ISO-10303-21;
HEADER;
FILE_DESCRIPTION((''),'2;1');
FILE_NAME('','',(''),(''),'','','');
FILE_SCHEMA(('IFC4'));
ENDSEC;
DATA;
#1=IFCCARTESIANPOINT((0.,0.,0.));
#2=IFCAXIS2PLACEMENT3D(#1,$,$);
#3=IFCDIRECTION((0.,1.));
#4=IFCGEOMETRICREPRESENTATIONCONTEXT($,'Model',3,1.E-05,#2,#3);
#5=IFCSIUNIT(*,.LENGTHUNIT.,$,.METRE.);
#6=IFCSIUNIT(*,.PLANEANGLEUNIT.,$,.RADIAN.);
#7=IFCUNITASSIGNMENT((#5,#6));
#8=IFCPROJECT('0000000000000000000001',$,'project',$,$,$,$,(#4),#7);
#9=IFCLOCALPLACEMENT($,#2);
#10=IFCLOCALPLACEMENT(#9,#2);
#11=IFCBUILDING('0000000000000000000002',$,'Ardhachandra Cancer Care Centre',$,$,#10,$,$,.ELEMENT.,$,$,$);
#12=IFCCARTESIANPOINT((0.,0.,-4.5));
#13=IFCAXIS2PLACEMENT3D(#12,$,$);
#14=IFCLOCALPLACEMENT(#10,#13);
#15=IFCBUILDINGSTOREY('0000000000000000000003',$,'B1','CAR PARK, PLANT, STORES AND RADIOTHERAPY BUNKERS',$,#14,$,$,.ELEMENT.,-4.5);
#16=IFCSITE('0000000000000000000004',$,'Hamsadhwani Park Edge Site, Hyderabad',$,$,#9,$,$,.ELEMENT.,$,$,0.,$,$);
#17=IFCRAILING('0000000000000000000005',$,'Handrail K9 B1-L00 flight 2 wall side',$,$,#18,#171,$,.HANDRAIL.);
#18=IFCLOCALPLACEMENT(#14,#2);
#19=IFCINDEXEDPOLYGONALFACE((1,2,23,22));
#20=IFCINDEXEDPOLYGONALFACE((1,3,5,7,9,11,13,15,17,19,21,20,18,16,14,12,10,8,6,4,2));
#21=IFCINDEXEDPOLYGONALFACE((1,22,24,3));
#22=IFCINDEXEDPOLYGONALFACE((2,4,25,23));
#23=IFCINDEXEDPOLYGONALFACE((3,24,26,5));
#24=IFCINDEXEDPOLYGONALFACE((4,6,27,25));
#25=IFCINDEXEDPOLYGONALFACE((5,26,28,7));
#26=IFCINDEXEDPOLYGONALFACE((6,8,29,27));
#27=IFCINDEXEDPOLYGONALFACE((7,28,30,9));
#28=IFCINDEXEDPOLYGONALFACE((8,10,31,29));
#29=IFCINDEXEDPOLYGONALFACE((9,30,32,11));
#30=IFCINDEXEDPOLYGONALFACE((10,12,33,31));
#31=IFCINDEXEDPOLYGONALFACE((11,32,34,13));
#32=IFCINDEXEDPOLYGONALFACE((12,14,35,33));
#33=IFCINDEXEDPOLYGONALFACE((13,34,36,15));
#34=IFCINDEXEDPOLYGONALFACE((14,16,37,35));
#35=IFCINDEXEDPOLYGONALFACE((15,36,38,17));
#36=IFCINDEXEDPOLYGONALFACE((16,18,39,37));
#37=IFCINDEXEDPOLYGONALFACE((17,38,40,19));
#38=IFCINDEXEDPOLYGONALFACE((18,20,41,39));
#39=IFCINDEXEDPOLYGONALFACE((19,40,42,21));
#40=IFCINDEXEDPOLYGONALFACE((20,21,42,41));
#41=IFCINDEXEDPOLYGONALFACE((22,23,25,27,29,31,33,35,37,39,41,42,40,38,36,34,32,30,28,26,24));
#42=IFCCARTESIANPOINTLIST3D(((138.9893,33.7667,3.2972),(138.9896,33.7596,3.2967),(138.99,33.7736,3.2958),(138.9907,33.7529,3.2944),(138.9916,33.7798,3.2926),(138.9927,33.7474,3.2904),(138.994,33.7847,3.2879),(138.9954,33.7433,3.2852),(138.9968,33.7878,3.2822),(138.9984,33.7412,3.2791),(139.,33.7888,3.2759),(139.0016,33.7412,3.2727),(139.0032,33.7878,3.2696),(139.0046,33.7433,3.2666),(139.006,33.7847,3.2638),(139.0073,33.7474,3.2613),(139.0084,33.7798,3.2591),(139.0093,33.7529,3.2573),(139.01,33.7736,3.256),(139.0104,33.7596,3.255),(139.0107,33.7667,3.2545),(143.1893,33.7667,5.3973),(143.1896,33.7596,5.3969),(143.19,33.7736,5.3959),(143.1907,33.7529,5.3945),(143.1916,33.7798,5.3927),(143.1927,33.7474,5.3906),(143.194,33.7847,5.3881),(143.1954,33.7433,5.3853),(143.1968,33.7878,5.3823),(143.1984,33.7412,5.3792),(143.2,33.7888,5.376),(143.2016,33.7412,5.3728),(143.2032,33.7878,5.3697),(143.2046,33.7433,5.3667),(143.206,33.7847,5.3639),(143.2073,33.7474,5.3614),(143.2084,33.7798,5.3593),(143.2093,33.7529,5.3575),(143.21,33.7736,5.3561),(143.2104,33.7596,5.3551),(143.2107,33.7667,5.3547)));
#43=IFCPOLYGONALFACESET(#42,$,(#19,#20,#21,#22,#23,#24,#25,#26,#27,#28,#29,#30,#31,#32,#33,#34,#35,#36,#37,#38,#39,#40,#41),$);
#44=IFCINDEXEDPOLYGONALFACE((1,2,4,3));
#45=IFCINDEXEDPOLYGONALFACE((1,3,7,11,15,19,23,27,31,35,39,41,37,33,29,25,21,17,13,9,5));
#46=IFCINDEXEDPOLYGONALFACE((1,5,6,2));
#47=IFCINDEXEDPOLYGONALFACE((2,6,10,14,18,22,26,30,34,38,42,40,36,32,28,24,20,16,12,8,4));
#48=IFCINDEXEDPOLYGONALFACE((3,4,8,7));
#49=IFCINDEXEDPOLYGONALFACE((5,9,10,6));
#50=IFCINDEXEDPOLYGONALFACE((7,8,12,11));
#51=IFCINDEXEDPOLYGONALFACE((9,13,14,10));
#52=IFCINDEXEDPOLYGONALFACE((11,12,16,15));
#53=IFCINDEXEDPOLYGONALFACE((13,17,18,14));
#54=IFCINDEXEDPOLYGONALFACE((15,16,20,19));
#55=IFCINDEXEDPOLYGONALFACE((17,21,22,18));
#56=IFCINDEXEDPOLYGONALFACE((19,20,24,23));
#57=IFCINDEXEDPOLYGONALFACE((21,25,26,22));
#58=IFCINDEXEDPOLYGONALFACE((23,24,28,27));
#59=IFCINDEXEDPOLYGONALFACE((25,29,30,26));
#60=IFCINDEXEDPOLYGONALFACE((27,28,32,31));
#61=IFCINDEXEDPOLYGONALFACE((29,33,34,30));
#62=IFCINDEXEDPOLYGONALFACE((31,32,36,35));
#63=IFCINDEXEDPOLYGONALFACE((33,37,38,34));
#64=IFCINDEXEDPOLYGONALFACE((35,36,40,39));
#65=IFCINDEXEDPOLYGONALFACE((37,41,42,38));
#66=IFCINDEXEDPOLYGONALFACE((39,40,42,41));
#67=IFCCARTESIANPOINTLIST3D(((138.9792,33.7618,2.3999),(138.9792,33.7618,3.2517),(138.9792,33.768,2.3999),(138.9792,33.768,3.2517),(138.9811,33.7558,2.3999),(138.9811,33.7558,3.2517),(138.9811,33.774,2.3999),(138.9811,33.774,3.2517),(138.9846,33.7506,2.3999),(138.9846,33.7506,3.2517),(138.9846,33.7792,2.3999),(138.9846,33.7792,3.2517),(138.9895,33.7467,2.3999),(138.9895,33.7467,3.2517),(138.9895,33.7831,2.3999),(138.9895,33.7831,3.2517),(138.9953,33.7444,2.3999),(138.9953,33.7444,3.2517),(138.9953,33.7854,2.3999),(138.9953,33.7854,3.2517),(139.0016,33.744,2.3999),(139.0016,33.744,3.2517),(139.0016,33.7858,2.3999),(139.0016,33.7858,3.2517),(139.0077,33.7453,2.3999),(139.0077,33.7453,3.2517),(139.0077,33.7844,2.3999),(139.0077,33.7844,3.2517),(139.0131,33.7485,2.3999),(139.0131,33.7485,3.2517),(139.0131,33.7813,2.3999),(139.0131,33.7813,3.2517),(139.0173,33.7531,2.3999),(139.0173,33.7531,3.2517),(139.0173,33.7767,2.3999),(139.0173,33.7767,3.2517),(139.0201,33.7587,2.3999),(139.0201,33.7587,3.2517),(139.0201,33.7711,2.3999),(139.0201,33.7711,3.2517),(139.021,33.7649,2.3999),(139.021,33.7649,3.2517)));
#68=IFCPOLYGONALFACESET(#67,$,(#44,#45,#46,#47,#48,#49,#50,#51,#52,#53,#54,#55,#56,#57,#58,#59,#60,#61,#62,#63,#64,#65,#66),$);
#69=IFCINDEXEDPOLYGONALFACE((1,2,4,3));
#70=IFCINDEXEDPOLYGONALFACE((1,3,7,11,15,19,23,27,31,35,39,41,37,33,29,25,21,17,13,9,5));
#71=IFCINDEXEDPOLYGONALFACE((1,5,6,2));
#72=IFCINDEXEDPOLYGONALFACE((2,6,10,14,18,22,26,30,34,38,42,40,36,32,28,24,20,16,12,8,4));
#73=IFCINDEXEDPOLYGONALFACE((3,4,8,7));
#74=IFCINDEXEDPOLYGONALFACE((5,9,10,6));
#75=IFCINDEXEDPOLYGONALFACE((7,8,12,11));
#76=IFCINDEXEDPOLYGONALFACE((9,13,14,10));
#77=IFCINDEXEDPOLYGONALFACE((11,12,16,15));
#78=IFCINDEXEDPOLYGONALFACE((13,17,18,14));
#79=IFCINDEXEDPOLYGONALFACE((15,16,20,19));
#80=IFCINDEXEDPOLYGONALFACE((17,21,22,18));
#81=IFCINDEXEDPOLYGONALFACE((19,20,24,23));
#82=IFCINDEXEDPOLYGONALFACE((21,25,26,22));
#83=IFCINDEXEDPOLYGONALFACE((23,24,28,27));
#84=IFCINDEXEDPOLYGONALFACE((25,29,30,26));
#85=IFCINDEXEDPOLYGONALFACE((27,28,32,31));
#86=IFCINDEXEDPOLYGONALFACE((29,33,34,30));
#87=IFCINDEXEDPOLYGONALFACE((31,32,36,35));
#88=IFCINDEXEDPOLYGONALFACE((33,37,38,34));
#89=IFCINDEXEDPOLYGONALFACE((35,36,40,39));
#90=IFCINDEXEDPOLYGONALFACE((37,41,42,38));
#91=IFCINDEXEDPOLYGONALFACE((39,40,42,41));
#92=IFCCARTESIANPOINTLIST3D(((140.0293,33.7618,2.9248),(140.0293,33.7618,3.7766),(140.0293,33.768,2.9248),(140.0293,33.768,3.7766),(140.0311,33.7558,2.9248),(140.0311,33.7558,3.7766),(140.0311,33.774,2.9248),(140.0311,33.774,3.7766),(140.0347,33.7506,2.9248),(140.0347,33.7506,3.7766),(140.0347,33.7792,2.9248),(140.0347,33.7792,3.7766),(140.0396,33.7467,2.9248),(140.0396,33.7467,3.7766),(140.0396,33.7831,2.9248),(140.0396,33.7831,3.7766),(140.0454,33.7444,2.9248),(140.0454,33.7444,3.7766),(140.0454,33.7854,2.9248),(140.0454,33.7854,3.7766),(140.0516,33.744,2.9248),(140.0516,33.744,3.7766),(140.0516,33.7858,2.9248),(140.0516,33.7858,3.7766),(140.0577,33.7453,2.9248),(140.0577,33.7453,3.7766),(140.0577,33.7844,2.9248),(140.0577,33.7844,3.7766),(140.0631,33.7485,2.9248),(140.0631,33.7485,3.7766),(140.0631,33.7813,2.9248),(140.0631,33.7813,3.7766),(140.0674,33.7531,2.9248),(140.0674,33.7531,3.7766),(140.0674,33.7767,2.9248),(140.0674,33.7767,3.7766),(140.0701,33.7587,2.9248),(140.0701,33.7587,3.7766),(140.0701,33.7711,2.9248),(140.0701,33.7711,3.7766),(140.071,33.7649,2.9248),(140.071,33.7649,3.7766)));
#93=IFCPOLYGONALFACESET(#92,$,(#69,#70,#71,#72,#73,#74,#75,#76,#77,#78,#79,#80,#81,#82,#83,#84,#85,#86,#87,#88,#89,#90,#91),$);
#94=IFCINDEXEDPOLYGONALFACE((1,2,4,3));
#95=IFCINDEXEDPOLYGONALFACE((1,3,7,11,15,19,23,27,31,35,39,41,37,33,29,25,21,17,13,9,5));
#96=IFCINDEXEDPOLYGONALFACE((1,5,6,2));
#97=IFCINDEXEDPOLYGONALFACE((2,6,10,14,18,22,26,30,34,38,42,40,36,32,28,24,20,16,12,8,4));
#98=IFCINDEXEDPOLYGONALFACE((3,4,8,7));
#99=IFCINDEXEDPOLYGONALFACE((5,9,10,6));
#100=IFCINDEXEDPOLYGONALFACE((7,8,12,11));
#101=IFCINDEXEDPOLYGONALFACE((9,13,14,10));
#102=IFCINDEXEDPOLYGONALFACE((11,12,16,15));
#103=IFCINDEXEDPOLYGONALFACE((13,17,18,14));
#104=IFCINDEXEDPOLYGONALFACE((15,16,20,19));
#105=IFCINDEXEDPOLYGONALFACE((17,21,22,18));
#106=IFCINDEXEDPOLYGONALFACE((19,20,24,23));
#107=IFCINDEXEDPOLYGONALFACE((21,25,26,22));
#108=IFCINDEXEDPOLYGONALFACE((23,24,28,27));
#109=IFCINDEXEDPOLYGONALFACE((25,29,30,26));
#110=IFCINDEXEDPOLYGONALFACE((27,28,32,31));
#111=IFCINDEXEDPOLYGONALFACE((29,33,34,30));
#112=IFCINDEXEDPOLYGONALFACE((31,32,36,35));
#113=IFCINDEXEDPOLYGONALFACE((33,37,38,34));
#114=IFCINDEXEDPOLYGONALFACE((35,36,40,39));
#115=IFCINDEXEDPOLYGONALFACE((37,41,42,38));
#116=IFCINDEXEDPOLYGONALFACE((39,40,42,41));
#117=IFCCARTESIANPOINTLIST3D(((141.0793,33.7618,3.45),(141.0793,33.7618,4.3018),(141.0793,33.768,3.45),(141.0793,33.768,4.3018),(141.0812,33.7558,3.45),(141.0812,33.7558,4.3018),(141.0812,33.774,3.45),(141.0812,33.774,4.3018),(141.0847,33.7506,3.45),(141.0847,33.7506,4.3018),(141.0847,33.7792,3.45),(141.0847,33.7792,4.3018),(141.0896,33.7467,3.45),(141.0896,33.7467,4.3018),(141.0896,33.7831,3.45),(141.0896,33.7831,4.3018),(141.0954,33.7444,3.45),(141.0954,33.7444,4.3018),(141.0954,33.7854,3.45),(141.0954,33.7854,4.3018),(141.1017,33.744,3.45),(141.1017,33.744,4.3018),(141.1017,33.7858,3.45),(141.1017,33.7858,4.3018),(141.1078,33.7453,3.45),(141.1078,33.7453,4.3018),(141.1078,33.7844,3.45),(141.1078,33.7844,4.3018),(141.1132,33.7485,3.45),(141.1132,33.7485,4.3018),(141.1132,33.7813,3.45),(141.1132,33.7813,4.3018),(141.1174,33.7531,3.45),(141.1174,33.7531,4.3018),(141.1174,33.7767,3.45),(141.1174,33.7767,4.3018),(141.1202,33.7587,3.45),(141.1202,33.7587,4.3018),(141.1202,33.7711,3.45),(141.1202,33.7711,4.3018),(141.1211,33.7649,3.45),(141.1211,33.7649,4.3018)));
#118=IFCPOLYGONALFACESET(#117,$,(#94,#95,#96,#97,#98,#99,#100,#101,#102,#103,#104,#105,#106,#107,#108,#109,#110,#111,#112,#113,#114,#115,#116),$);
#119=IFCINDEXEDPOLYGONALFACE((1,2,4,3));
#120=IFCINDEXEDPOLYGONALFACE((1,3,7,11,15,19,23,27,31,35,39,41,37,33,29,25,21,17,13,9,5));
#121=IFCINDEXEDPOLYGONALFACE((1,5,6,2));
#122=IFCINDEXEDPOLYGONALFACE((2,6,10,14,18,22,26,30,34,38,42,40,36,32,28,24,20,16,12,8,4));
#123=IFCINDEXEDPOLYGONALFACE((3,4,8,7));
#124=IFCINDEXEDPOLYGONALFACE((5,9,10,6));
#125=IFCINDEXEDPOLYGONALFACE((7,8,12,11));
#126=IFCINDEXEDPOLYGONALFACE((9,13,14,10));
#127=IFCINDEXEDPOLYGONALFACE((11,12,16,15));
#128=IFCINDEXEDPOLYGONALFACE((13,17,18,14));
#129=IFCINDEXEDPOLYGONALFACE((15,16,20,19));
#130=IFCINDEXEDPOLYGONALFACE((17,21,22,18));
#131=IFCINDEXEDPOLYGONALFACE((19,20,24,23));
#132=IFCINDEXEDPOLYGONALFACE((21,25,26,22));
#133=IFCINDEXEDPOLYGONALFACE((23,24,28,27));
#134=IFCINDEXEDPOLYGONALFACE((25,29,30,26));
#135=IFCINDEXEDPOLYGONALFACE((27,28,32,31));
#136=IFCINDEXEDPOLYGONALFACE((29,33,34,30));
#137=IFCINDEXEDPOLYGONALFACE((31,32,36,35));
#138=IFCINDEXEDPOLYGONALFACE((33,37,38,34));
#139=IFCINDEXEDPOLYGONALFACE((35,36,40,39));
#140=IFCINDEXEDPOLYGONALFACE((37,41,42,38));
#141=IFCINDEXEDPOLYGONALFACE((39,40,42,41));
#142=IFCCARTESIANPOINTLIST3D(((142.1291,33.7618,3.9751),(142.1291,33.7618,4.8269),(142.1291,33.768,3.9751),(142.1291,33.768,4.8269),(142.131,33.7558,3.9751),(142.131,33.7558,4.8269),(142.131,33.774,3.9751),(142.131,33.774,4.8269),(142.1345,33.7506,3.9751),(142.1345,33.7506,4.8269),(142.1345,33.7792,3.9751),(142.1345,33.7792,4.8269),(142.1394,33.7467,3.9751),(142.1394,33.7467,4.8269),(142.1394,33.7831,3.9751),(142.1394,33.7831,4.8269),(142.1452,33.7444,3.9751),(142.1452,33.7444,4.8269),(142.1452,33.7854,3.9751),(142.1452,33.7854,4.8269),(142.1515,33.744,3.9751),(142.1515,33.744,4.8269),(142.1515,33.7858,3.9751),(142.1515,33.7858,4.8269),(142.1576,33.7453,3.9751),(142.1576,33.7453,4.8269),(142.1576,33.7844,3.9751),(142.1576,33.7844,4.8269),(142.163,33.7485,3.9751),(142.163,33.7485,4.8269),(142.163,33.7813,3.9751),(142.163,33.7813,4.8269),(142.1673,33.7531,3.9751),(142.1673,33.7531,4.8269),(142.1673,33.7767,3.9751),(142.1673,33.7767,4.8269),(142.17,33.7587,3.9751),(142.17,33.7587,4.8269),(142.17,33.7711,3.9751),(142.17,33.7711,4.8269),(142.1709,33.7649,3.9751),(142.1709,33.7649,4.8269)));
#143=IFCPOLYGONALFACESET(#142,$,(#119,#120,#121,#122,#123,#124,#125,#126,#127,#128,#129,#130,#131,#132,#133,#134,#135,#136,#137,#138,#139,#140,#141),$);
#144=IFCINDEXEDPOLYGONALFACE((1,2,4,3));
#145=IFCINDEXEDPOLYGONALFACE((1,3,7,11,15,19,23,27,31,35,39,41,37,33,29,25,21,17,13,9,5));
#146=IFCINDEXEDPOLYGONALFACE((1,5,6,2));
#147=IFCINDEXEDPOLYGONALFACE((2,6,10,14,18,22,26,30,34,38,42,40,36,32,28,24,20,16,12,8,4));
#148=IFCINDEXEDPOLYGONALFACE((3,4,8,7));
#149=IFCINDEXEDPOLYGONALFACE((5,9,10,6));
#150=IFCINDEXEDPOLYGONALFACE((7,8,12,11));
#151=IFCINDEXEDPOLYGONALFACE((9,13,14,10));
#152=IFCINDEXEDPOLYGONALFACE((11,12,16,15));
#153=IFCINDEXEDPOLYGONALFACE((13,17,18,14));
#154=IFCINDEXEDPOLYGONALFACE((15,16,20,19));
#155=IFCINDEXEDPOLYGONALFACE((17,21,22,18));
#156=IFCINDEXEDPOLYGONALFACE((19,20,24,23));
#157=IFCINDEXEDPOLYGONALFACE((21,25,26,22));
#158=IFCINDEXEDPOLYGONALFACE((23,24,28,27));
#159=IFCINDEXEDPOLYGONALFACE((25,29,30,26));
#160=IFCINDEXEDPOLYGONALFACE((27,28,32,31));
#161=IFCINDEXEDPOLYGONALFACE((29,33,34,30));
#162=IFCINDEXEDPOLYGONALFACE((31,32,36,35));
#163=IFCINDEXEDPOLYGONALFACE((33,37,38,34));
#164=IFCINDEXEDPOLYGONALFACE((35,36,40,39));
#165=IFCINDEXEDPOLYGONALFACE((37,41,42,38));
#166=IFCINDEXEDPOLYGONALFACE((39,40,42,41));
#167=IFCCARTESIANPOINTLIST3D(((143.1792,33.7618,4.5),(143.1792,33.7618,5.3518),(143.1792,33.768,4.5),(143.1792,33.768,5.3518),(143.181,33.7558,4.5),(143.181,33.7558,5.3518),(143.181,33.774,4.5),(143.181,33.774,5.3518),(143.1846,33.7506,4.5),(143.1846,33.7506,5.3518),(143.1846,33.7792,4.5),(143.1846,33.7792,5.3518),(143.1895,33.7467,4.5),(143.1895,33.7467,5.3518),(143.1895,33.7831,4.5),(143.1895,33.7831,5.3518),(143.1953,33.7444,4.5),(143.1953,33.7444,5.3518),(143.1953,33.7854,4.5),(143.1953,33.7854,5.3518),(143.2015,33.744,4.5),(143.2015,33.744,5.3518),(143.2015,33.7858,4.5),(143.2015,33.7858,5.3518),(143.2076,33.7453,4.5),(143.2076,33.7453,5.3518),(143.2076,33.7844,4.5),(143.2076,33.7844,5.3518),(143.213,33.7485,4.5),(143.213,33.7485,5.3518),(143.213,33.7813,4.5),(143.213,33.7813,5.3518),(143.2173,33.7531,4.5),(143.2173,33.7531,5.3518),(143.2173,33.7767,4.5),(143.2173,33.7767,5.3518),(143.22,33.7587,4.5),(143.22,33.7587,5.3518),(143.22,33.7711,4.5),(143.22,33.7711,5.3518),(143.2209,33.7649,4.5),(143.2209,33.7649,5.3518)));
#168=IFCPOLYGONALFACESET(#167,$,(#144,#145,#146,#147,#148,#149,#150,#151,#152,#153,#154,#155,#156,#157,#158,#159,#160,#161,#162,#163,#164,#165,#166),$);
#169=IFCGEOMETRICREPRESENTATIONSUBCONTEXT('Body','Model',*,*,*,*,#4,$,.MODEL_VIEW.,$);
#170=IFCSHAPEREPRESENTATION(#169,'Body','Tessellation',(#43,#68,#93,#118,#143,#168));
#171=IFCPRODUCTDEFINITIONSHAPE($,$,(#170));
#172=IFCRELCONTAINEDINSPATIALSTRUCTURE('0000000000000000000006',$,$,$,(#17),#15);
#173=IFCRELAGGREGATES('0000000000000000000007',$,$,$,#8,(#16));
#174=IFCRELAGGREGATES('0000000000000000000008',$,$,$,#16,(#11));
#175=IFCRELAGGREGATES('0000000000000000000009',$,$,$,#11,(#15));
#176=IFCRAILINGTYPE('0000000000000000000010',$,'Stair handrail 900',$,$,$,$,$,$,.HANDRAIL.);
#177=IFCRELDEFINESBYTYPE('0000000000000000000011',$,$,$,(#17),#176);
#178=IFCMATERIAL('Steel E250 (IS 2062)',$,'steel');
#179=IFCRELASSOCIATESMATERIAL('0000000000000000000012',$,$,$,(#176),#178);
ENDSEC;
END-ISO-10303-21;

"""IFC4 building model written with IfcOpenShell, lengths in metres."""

from ifc_helpers import new_model, si_unit, direction, frame, origin, origin_2d, place, context, subcontext, project, spatial, circle, extrude, material, type_object, element, save


model = new_model("IFC4")

# Units and contexts
model_context = context("Model", 3, precision=1e-05, world=origin(), true_north=direction((0.0, 1.0)))
body_context = subcontext(model_context, "Body", "Model", "MODEL_VIEW")
ifc_project = project(units=[si_unit("LENGTHUNIT", "METRE"), si_unit("PLANEANGLEUNIT", "RADIAN")], contexts=[model_context])

# Site, building, storey
site_placement = place(None, origin())
site = spatial("IfcSite", under=ifc_project, at=site_placement, Name="Hamsadhwani Park Edge Site, Hyderabad", CompositionType="ELEMENT", RefElevation=0.0)
building_placement = place(site_placement, origin())
building = spatial("IfcBuilding", under=site, at=building_placement, Name="Ardhachandra Cancer Care Centre", CompositionType="ELEMENT")
storey_placement = place(building_placement, frame((0.0, 0.0, -4.5)))
storey = spatial("IfcBuildingStorey", under=building, at=storey_placement, Name="B1", Description="CAR PARK, PLANT, STORES AND RADIOTHERAPY BUNKERS", CompositionType="ELEMENT", Elevation=-4.5)

# Railing
ifc_material_1 = material(Name="Steel E250 (IS 2062)", Category="steel")
railing_type = type_object("IfcRailingType", Name="Stair handrail 900", PredefinedType="HANDRAIL", material=ifc_material_1)
for number, where, name in (
    (1, (139.0, 33.7649, 2.3999), "Handrail K9 B1-L00 flight 2 wall side"),
):
    element("IfcRailing", number, at=place(storey_placement, frame(where)), inside=storey, type_object=railing_type, Name=name, PredefinedType="HANDRAIL", context=body_context, shape_type="SweptSolid", body=[
        extrude(circle(Radius=0.0239, at=origin_2d()), frame((0.0, 0.0, 0.876), z_axis=(0.894417, 0.0, 0.447234), x_axis=(0.0, 1.0, 0.0)), (0.0, 0.0, 1.0), 4.6958),
        extrude(circle(Radius=0.021, at=origin_2d()), origin(), (0.0, 0.0, 1.0), 0.8518),
        extrude(circle(Radius=0.021, at=origin_2d()), frame((1.05, 0.0, 0.5249)), (0.0, 0.0, 1.0), 0.8518),
        extrude(circle(Radius=0.021, at=origin_2d()), frame((2.1001, 0.0, 1.05)), (0.0, 0.0, 1.0), 0.8518),
        extrude(circle(Radius=0.021, at=origin_2d()), frame((3.1499, 0.0, 1.5752)), (0.0, 0.0, 1.0), 0.8518),
        extrude(circle(Radius=0.021, at=origin_2d()), frame((4.2, 0.0, 2.1001)), (0.0, 0.0, 1.0), 0.8518),
    ])

save(model, "model.ifc")
